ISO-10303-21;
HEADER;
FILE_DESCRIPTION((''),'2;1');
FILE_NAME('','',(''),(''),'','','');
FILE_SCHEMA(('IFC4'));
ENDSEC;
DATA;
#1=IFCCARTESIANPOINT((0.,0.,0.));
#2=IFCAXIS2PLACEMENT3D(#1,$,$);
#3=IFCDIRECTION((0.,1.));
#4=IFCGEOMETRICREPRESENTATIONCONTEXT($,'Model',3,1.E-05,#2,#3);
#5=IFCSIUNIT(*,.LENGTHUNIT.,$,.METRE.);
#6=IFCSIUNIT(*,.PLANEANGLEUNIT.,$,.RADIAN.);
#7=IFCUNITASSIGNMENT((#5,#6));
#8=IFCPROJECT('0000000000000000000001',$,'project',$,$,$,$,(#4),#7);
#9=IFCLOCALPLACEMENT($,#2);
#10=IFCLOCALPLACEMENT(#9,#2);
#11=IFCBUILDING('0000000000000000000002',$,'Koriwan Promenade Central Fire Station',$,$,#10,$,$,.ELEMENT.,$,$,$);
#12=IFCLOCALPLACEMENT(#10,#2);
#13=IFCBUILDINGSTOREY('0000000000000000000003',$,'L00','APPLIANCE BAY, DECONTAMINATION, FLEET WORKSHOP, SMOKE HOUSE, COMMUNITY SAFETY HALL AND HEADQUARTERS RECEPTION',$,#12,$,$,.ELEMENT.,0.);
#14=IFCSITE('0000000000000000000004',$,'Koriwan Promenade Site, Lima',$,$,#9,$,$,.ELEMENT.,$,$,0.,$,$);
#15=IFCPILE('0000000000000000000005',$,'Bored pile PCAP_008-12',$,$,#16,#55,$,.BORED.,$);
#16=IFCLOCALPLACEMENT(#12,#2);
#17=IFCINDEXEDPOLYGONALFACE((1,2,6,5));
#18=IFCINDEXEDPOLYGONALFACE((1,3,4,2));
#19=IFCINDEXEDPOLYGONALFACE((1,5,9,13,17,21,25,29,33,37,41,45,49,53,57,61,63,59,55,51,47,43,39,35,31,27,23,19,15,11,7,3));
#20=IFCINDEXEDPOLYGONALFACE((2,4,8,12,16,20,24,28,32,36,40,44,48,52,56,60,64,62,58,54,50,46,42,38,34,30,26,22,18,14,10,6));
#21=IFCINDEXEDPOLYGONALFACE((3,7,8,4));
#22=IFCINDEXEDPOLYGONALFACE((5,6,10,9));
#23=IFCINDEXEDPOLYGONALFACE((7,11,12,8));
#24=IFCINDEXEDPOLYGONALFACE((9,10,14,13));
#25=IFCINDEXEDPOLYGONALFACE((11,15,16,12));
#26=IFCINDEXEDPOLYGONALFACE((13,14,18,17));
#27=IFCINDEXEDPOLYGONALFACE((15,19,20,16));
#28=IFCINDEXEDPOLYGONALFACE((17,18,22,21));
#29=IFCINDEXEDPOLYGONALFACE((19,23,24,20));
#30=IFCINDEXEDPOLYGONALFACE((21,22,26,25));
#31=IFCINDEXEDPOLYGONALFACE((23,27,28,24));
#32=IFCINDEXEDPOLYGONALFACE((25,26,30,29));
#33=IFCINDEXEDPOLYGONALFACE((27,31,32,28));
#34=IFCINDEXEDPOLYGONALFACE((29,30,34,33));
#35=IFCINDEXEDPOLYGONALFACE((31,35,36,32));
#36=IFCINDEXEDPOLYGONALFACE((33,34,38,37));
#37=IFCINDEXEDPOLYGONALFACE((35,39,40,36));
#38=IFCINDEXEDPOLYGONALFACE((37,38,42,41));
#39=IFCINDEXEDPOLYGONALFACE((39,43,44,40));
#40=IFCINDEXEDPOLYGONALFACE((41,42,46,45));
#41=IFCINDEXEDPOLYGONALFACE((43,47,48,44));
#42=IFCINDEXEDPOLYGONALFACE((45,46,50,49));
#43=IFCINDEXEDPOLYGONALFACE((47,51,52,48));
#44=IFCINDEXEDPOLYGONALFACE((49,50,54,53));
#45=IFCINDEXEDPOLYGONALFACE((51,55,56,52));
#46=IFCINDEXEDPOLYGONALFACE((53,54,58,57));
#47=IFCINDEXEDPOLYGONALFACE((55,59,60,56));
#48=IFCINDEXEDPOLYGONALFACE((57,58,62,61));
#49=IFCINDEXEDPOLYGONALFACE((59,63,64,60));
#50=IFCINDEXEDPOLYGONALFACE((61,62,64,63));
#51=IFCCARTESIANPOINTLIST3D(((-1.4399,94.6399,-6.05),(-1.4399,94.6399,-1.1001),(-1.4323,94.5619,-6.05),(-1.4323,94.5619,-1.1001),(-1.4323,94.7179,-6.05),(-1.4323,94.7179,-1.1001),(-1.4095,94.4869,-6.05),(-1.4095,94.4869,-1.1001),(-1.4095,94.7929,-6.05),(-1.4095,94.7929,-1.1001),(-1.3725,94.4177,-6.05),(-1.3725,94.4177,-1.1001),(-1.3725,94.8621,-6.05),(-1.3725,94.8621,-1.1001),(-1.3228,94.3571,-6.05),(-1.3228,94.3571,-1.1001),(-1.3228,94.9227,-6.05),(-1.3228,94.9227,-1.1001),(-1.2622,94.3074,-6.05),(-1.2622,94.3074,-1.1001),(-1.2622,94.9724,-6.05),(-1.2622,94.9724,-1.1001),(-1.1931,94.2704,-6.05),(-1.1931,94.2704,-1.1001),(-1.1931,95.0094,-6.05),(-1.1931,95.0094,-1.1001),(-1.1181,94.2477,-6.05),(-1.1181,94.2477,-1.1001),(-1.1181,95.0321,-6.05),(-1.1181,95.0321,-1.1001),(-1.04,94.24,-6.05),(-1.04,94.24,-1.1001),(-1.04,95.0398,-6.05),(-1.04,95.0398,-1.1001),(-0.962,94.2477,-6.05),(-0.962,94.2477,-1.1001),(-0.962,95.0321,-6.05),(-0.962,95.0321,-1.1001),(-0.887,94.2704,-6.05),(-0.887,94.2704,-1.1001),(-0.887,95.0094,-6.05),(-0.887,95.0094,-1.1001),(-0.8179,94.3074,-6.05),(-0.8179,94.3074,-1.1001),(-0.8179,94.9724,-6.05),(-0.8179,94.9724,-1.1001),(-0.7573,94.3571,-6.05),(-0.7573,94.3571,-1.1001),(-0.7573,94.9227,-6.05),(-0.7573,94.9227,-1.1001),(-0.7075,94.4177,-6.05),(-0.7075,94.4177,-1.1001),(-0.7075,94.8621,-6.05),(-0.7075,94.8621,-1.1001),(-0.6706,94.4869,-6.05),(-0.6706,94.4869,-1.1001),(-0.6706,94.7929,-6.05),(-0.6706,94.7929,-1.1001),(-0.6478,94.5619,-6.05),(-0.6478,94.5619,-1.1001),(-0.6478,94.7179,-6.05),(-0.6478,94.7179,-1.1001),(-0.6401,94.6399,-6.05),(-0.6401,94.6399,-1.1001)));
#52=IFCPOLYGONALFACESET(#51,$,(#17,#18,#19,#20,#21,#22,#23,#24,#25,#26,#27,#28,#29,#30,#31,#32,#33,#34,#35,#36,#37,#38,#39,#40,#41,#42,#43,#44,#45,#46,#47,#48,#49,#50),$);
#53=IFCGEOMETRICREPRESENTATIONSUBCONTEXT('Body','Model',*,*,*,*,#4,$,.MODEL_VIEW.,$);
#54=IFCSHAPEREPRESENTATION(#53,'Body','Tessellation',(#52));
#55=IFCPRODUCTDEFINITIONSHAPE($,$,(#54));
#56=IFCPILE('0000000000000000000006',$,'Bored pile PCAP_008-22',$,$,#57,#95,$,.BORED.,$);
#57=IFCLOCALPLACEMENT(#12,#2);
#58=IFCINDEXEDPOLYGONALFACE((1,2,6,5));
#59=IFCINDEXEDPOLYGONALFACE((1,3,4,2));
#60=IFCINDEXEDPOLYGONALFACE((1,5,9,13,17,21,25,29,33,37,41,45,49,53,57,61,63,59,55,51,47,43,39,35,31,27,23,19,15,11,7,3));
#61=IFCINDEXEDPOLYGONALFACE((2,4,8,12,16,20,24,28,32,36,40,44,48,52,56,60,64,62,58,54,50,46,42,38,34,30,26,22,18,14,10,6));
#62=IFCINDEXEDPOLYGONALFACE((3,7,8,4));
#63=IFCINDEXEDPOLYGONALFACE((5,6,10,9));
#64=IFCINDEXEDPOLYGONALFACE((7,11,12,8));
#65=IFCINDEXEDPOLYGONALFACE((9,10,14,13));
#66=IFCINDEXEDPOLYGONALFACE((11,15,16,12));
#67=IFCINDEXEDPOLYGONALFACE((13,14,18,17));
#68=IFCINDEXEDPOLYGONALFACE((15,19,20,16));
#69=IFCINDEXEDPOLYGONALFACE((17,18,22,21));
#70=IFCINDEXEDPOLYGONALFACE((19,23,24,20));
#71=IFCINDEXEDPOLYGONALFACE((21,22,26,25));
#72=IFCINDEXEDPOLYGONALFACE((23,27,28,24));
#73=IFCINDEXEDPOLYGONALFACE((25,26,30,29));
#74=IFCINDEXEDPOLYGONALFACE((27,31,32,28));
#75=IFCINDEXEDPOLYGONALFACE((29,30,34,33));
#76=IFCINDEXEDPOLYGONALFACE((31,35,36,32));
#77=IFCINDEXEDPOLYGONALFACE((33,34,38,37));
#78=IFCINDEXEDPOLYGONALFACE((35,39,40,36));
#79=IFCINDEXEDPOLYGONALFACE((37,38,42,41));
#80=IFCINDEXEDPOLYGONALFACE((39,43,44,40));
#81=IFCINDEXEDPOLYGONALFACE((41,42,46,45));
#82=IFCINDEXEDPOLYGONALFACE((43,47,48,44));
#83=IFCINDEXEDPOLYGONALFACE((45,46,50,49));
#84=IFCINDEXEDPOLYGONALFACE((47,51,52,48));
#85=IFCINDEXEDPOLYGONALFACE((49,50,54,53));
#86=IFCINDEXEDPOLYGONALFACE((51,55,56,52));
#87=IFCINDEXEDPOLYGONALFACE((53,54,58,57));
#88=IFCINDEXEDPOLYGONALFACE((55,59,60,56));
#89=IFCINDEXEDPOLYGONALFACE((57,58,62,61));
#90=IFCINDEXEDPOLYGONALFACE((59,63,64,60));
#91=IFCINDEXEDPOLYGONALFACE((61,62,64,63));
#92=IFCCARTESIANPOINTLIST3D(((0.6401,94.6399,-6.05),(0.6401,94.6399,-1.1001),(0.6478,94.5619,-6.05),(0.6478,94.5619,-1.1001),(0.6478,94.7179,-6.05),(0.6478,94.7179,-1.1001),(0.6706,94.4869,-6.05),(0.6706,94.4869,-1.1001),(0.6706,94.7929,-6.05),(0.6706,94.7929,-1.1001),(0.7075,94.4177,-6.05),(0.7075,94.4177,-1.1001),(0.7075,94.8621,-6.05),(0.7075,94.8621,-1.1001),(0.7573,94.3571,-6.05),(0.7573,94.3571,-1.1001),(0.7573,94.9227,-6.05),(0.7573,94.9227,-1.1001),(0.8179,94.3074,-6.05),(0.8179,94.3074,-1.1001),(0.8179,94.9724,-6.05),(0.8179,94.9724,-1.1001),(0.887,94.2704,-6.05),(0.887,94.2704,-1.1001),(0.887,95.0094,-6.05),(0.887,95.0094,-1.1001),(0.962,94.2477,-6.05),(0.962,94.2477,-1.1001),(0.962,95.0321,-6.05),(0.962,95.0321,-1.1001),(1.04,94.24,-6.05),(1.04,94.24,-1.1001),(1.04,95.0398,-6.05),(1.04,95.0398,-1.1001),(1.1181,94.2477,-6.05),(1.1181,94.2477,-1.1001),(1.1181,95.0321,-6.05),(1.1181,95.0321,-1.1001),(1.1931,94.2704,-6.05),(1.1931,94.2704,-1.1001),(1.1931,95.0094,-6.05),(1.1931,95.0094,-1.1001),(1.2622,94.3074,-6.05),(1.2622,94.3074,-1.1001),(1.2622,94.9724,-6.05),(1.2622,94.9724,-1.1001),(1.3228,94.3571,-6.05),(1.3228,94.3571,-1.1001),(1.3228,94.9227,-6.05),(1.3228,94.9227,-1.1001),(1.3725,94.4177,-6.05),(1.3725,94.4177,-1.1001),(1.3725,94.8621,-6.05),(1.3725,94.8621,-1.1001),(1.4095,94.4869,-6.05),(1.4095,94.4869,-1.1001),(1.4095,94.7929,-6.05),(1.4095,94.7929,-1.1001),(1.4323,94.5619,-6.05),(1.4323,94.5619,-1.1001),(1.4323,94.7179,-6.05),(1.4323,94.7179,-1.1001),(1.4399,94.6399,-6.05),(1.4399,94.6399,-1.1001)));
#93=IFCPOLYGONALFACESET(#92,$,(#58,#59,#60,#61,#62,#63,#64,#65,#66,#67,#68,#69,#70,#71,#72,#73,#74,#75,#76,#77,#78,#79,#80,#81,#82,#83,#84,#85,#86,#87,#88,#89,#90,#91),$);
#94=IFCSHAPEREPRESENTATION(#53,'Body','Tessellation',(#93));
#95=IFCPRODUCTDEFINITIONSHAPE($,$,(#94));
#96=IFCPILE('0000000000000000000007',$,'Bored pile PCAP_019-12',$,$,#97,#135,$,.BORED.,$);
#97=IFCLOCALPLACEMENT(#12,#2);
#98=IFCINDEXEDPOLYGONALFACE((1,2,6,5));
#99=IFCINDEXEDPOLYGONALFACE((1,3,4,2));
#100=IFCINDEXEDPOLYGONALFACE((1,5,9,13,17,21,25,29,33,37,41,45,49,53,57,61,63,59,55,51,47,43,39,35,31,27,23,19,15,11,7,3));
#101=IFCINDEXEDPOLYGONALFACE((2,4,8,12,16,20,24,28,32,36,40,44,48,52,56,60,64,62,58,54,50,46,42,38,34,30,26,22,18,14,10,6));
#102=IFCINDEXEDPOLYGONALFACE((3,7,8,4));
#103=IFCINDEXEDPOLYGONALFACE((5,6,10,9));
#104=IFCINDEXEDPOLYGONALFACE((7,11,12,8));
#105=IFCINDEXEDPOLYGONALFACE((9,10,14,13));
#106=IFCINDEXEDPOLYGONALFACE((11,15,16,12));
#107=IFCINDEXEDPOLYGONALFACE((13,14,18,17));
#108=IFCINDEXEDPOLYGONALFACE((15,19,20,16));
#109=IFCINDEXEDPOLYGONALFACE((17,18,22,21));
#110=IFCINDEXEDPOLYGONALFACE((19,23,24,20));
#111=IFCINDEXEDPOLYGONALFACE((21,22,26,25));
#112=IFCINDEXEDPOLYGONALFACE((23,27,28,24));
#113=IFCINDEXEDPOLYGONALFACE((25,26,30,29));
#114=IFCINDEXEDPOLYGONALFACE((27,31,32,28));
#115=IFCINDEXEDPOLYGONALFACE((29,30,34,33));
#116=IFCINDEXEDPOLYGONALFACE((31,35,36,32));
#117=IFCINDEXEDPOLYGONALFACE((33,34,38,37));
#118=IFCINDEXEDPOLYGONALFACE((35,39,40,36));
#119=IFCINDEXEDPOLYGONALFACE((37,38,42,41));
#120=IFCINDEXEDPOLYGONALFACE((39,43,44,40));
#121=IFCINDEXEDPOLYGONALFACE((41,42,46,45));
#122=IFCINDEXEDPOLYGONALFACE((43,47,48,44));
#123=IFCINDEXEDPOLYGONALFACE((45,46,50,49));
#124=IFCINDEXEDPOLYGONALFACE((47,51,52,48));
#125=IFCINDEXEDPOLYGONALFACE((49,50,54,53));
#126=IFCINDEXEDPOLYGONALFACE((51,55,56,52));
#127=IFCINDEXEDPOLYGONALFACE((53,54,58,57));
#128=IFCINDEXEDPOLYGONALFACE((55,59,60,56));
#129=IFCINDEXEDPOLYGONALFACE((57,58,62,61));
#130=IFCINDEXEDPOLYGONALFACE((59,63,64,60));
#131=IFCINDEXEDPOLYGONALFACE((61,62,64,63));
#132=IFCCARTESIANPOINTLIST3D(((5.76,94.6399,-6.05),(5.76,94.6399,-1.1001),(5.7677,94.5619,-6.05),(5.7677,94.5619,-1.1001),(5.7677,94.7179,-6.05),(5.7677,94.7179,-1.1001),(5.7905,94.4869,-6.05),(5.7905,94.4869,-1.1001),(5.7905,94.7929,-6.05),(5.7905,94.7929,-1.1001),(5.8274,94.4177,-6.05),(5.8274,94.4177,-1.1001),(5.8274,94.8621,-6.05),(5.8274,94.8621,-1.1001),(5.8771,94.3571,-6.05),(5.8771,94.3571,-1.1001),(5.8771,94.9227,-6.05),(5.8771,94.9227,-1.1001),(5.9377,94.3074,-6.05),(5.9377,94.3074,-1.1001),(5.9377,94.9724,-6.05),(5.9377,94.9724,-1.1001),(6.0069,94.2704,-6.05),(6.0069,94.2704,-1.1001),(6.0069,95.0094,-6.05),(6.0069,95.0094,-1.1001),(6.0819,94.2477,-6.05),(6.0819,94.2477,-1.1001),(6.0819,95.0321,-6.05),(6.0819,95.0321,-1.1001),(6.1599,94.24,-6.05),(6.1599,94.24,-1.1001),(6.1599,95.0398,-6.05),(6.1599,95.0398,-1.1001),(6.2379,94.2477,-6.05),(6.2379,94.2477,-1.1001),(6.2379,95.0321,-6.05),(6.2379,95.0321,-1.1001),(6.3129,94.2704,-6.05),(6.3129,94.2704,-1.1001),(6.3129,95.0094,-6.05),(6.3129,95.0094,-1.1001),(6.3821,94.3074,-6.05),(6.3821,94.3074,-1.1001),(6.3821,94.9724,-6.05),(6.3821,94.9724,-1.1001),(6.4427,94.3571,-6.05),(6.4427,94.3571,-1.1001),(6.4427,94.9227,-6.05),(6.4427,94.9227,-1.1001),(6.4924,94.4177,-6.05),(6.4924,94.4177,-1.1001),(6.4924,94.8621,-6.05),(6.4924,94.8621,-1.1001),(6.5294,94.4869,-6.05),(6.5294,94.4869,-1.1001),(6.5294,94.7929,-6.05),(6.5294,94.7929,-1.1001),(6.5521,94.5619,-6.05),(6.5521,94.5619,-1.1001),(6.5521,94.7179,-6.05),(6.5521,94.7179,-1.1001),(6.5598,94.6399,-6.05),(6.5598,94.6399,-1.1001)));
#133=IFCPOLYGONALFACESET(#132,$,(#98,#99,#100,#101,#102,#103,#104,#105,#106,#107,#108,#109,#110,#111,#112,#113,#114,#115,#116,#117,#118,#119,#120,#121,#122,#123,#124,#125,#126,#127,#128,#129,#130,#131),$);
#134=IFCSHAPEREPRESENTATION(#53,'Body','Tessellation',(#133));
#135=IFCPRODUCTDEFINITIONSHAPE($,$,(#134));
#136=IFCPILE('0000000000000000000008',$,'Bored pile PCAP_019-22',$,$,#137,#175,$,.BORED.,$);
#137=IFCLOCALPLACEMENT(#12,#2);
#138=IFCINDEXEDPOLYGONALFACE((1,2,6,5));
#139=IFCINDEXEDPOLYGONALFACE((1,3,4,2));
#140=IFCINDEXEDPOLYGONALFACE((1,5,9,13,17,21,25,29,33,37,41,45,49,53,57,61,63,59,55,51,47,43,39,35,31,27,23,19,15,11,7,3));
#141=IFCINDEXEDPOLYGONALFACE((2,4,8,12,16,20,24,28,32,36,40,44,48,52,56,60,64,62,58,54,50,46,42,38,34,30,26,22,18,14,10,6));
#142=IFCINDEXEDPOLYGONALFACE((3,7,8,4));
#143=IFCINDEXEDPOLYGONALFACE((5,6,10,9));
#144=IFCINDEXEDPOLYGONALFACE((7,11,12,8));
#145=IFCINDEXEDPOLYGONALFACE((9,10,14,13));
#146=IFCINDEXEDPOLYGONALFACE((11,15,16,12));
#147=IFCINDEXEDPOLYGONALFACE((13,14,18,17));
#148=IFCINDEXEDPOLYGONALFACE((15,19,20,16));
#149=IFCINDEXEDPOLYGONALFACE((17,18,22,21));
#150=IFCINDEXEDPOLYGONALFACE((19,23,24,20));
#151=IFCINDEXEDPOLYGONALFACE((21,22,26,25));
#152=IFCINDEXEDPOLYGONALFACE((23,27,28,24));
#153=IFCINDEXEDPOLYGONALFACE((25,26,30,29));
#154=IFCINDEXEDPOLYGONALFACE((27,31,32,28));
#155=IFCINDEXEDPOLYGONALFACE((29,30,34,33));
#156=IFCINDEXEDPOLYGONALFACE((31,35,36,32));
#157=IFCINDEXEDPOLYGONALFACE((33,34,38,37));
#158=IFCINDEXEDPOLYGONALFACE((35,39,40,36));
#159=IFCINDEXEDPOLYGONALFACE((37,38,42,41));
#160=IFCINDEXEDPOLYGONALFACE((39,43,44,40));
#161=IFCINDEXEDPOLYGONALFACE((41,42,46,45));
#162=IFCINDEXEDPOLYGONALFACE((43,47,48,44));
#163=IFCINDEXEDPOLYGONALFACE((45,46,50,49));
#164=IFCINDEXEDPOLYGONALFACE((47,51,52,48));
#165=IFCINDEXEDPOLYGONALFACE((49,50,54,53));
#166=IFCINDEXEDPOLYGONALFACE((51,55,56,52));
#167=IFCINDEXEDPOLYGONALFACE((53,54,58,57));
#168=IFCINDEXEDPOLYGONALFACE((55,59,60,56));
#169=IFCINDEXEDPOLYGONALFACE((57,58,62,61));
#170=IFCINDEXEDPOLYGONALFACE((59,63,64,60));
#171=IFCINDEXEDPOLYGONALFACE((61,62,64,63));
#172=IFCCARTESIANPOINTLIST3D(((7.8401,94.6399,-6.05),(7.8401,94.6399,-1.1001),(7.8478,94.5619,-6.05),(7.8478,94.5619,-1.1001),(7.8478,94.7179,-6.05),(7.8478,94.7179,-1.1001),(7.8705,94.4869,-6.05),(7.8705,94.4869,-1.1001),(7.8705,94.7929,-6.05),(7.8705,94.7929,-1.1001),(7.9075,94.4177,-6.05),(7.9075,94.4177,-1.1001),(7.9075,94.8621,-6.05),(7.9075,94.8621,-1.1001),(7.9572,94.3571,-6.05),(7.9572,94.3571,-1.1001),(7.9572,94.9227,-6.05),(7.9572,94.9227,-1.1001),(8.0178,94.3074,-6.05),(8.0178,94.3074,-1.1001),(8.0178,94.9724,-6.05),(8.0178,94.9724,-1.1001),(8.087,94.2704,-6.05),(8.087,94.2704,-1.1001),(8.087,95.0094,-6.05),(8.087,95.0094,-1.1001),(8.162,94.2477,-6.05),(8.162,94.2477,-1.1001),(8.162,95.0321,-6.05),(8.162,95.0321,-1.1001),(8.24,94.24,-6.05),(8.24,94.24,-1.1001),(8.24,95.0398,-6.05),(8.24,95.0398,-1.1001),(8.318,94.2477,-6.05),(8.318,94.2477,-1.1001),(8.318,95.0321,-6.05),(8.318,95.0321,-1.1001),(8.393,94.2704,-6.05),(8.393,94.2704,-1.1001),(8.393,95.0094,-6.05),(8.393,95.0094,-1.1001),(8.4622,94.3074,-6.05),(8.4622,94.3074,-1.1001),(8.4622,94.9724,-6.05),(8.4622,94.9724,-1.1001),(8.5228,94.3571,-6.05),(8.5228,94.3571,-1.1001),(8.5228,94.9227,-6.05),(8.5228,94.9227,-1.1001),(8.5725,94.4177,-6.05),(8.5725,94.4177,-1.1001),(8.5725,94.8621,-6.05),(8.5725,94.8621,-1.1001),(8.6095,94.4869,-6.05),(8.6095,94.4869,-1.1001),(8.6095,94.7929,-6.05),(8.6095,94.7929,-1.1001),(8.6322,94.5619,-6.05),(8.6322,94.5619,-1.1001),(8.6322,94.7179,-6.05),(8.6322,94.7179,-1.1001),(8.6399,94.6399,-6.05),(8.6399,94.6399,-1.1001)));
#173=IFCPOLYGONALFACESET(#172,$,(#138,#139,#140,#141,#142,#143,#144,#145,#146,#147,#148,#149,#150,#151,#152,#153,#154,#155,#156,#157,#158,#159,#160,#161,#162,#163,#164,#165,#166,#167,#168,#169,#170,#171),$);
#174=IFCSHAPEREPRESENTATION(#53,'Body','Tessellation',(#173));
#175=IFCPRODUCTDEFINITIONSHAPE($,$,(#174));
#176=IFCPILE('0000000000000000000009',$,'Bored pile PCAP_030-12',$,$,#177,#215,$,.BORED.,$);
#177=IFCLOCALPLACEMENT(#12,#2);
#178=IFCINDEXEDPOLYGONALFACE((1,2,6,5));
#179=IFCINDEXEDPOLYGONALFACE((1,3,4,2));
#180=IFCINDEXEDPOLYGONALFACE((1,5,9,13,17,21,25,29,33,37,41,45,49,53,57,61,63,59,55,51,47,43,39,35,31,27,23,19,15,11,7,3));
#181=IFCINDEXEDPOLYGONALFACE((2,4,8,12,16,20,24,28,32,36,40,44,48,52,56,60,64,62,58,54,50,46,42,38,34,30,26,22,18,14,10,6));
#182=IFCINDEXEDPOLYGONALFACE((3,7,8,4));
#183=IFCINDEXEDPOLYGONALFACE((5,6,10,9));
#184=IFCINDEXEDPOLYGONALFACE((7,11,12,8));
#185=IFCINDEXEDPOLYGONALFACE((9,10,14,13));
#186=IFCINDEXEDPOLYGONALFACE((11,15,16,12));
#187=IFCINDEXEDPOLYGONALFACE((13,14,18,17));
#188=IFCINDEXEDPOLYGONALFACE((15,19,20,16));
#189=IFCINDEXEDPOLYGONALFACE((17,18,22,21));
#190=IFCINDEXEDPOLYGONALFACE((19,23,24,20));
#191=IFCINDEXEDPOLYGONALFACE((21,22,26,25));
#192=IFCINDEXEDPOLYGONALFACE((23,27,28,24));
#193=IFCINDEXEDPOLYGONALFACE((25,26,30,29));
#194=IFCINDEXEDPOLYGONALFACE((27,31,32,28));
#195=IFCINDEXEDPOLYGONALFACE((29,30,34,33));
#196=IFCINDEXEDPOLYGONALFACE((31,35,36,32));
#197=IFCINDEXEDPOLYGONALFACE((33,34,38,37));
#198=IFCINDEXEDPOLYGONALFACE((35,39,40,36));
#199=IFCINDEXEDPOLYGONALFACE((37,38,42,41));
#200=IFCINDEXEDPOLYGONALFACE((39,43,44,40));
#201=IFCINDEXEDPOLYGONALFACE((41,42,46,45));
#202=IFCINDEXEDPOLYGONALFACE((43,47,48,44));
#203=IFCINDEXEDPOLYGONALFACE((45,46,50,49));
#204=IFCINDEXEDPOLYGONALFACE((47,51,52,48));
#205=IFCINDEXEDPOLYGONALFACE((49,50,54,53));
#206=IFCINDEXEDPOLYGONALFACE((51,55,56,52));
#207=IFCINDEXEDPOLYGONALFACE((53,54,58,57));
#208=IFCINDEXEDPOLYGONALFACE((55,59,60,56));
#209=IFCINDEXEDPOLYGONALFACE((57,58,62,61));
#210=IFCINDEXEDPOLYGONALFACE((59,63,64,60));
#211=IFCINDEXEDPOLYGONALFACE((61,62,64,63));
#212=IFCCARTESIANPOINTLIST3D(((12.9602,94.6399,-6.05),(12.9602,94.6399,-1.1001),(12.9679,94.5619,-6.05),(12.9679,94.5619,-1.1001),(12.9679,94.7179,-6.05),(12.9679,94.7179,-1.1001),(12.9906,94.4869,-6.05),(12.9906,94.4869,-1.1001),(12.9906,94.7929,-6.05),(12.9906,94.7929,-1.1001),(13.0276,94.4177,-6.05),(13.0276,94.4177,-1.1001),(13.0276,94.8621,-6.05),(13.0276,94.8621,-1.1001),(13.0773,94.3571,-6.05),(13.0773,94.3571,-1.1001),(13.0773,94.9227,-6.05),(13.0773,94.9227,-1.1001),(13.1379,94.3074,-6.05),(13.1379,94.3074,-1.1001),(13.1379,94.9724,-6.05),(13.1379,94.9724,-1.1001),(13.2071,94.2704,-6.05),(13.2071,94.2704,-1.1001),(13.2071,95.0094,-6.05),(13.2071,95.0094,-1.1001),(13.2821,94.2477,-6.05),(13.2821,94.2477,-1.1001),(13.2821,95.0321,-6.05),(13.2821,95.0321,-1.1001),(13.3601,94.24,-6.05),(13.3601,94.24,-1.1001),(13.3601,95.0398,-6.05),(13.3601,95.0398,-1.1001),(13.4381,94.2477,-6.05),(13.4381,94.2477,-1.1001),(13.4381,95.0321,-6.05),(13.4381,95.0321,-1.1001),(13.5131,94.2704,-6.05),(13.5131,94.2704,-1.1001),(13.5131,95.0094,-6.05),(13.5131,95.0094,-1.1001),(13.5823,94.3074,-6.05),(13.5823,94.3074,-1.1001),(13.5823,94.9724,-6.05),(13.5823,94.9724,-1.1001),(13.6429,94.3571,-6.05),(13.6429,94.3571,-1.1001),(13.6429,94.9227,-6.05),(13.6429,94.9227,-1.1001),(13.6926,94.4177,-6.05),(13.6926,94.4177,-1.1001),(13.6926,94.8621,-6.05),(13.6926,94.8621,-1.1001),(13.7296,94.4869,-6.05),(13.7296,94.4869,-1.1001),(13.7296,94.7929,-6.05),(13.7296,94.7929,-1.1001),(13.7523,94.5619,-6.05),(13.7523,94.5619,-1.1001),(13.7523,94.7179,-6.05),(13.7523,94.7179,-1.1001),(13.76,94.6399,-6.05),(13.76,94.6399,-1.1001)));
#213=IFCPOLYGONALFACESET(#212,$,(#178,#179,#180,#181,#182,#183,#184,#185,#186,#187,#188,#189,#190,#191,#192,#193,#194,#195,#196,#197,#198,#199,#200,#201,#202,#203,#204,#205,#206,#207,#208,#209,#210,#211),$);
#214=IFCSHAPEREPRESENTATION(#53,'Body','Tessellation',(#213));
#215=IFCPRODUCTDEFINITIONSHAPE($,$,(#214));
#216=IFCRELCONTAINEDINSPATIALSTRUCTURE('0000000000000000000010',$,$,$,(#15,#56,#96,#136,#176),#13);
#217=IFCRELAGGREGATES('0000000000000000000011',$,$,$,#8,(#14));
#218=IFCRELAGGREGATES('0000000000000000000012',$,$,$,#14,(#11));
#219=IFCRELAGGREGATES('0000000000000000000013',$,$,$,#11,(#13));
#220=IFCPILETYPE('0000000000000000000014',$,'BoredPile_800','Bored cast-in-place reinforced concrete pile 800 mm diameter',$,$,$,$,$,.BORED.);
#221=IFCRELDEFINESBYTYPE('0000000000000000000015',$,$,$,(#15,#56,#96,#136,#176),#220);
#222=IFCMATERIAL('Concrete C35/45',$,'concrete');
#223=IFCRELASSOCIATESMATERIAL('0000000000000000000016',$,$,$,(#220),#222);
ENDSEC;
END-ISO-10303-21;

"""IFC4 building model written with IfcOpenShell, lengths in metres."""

from ifc_helpers import new_model, si_unit, direction, frame, origin, origin_2d, place, context, subcontext, project, spatial, circle, extrude, material, material_profile, profile_set, type_object, element, save


model = new_model("IFC4")

# Units and contexts
model_context = context("Model", 3, precision=1e-05, world=origin(), true_north=direction((0.0, 1.0)))
body_context = subcontext(model_context, "Body", "Model", "MODEL_VIEW")
ifc_project = project(units=[si_unit("LENGTHUNIT", "METRE"), si_unit("PLANEANGLEUNIT", "RADIAN")], contexts=[model_context])

# Site, building, storey
site_placement = place(None, origin())
site = spatial("IfcSite", under=ifc_project, at=site_placement, Name="Koriwan Promenade Site, Lima", CompositionType="ELEMENT", RefElevation=0.0)
building_placement = place(site_placement, origin())
building = spatial("IfcBuilding", under=site, at=building_placement, Name="Koriwan Promenade Central Fire Station", CompositionType="ELEMENT")
storey_placement = place(building_placement, origin())
storey = spatial("IfcBuildingStorey", under=building, at=storey_placement, Name="L00", Description="APPLIANCE BAY, DECONTAMINATION, FLEET WORKSHOP, SMOKE HOUSE, COMMUNITY SAFETY HALL AND HEADQUARTERS RECEPTION", CompositionType="ELEMENT", Elevation=0.0)

# Piles
ifc_material_1 = material(Name="Concrete C35/45", Category="concrete")
ifc_material_profile_1 = material_profile(ifc_material_1, circle(Radius=0.3999, at=origin_2d()), Name="PILE-D800")
ifc_profile_set_1 = profile_set([ifc_material_profile_1], Name="Concrete C35/45")
pile_type = type_object("IfcPileType", Name="BoredPile_800", Description="Bored cast-in-place reinforced concrete pile 800 mm diameter", PredefinedType="BORED", material=ifc_profile_set_1)
for number, where, z_axis, x_axis, name in (
    (1, (-1.04, 94.6399, -1.1001), (0.0, 0.0, -1.0), (1.0, 0.0, 0.0), "Bored pile PCAP_008-12"),
    (2, (1.04, 94.6399, -1.1001), (0.0, 0.0, -1.0), (1.0, 0.0, 0.0), "Bored pile PCAP_008-22"),
    (3, (6.1599, 94.6399, -1.1001), (0.0, 0.0, -1.0), (1.0, 0.0, 0.0), "Bored pile PCAP_019-12"),
    (4, (8.24, 94.6399, -1.1001), (0.0, 0.0, -1.0), (1.0, 0.0, 0.0), "Bored pile PCAP_019-22"),
    (5, (13.3601, 94.6399, -1.1001), (0.0, 0.0, -1.0), (1.0, 0.0, 0.0), "Bored pile PCAP_030-12"),
):
    element("IfcPile", number, at=place(storey_placement, frame(where, z_axis=z_axis, x_axis=x_axis)), inside=storey, type_object=pile_type, Name=name, PredefinedType="BORED", context=body_context, shape_type="SweptSolid", body=[
        extrude(circle(Radius=0.3999, at=origin_2d()), origin(), (0.0, 0.0, 1.0), 4.95),
    ])

save(model, "model.ifc")
